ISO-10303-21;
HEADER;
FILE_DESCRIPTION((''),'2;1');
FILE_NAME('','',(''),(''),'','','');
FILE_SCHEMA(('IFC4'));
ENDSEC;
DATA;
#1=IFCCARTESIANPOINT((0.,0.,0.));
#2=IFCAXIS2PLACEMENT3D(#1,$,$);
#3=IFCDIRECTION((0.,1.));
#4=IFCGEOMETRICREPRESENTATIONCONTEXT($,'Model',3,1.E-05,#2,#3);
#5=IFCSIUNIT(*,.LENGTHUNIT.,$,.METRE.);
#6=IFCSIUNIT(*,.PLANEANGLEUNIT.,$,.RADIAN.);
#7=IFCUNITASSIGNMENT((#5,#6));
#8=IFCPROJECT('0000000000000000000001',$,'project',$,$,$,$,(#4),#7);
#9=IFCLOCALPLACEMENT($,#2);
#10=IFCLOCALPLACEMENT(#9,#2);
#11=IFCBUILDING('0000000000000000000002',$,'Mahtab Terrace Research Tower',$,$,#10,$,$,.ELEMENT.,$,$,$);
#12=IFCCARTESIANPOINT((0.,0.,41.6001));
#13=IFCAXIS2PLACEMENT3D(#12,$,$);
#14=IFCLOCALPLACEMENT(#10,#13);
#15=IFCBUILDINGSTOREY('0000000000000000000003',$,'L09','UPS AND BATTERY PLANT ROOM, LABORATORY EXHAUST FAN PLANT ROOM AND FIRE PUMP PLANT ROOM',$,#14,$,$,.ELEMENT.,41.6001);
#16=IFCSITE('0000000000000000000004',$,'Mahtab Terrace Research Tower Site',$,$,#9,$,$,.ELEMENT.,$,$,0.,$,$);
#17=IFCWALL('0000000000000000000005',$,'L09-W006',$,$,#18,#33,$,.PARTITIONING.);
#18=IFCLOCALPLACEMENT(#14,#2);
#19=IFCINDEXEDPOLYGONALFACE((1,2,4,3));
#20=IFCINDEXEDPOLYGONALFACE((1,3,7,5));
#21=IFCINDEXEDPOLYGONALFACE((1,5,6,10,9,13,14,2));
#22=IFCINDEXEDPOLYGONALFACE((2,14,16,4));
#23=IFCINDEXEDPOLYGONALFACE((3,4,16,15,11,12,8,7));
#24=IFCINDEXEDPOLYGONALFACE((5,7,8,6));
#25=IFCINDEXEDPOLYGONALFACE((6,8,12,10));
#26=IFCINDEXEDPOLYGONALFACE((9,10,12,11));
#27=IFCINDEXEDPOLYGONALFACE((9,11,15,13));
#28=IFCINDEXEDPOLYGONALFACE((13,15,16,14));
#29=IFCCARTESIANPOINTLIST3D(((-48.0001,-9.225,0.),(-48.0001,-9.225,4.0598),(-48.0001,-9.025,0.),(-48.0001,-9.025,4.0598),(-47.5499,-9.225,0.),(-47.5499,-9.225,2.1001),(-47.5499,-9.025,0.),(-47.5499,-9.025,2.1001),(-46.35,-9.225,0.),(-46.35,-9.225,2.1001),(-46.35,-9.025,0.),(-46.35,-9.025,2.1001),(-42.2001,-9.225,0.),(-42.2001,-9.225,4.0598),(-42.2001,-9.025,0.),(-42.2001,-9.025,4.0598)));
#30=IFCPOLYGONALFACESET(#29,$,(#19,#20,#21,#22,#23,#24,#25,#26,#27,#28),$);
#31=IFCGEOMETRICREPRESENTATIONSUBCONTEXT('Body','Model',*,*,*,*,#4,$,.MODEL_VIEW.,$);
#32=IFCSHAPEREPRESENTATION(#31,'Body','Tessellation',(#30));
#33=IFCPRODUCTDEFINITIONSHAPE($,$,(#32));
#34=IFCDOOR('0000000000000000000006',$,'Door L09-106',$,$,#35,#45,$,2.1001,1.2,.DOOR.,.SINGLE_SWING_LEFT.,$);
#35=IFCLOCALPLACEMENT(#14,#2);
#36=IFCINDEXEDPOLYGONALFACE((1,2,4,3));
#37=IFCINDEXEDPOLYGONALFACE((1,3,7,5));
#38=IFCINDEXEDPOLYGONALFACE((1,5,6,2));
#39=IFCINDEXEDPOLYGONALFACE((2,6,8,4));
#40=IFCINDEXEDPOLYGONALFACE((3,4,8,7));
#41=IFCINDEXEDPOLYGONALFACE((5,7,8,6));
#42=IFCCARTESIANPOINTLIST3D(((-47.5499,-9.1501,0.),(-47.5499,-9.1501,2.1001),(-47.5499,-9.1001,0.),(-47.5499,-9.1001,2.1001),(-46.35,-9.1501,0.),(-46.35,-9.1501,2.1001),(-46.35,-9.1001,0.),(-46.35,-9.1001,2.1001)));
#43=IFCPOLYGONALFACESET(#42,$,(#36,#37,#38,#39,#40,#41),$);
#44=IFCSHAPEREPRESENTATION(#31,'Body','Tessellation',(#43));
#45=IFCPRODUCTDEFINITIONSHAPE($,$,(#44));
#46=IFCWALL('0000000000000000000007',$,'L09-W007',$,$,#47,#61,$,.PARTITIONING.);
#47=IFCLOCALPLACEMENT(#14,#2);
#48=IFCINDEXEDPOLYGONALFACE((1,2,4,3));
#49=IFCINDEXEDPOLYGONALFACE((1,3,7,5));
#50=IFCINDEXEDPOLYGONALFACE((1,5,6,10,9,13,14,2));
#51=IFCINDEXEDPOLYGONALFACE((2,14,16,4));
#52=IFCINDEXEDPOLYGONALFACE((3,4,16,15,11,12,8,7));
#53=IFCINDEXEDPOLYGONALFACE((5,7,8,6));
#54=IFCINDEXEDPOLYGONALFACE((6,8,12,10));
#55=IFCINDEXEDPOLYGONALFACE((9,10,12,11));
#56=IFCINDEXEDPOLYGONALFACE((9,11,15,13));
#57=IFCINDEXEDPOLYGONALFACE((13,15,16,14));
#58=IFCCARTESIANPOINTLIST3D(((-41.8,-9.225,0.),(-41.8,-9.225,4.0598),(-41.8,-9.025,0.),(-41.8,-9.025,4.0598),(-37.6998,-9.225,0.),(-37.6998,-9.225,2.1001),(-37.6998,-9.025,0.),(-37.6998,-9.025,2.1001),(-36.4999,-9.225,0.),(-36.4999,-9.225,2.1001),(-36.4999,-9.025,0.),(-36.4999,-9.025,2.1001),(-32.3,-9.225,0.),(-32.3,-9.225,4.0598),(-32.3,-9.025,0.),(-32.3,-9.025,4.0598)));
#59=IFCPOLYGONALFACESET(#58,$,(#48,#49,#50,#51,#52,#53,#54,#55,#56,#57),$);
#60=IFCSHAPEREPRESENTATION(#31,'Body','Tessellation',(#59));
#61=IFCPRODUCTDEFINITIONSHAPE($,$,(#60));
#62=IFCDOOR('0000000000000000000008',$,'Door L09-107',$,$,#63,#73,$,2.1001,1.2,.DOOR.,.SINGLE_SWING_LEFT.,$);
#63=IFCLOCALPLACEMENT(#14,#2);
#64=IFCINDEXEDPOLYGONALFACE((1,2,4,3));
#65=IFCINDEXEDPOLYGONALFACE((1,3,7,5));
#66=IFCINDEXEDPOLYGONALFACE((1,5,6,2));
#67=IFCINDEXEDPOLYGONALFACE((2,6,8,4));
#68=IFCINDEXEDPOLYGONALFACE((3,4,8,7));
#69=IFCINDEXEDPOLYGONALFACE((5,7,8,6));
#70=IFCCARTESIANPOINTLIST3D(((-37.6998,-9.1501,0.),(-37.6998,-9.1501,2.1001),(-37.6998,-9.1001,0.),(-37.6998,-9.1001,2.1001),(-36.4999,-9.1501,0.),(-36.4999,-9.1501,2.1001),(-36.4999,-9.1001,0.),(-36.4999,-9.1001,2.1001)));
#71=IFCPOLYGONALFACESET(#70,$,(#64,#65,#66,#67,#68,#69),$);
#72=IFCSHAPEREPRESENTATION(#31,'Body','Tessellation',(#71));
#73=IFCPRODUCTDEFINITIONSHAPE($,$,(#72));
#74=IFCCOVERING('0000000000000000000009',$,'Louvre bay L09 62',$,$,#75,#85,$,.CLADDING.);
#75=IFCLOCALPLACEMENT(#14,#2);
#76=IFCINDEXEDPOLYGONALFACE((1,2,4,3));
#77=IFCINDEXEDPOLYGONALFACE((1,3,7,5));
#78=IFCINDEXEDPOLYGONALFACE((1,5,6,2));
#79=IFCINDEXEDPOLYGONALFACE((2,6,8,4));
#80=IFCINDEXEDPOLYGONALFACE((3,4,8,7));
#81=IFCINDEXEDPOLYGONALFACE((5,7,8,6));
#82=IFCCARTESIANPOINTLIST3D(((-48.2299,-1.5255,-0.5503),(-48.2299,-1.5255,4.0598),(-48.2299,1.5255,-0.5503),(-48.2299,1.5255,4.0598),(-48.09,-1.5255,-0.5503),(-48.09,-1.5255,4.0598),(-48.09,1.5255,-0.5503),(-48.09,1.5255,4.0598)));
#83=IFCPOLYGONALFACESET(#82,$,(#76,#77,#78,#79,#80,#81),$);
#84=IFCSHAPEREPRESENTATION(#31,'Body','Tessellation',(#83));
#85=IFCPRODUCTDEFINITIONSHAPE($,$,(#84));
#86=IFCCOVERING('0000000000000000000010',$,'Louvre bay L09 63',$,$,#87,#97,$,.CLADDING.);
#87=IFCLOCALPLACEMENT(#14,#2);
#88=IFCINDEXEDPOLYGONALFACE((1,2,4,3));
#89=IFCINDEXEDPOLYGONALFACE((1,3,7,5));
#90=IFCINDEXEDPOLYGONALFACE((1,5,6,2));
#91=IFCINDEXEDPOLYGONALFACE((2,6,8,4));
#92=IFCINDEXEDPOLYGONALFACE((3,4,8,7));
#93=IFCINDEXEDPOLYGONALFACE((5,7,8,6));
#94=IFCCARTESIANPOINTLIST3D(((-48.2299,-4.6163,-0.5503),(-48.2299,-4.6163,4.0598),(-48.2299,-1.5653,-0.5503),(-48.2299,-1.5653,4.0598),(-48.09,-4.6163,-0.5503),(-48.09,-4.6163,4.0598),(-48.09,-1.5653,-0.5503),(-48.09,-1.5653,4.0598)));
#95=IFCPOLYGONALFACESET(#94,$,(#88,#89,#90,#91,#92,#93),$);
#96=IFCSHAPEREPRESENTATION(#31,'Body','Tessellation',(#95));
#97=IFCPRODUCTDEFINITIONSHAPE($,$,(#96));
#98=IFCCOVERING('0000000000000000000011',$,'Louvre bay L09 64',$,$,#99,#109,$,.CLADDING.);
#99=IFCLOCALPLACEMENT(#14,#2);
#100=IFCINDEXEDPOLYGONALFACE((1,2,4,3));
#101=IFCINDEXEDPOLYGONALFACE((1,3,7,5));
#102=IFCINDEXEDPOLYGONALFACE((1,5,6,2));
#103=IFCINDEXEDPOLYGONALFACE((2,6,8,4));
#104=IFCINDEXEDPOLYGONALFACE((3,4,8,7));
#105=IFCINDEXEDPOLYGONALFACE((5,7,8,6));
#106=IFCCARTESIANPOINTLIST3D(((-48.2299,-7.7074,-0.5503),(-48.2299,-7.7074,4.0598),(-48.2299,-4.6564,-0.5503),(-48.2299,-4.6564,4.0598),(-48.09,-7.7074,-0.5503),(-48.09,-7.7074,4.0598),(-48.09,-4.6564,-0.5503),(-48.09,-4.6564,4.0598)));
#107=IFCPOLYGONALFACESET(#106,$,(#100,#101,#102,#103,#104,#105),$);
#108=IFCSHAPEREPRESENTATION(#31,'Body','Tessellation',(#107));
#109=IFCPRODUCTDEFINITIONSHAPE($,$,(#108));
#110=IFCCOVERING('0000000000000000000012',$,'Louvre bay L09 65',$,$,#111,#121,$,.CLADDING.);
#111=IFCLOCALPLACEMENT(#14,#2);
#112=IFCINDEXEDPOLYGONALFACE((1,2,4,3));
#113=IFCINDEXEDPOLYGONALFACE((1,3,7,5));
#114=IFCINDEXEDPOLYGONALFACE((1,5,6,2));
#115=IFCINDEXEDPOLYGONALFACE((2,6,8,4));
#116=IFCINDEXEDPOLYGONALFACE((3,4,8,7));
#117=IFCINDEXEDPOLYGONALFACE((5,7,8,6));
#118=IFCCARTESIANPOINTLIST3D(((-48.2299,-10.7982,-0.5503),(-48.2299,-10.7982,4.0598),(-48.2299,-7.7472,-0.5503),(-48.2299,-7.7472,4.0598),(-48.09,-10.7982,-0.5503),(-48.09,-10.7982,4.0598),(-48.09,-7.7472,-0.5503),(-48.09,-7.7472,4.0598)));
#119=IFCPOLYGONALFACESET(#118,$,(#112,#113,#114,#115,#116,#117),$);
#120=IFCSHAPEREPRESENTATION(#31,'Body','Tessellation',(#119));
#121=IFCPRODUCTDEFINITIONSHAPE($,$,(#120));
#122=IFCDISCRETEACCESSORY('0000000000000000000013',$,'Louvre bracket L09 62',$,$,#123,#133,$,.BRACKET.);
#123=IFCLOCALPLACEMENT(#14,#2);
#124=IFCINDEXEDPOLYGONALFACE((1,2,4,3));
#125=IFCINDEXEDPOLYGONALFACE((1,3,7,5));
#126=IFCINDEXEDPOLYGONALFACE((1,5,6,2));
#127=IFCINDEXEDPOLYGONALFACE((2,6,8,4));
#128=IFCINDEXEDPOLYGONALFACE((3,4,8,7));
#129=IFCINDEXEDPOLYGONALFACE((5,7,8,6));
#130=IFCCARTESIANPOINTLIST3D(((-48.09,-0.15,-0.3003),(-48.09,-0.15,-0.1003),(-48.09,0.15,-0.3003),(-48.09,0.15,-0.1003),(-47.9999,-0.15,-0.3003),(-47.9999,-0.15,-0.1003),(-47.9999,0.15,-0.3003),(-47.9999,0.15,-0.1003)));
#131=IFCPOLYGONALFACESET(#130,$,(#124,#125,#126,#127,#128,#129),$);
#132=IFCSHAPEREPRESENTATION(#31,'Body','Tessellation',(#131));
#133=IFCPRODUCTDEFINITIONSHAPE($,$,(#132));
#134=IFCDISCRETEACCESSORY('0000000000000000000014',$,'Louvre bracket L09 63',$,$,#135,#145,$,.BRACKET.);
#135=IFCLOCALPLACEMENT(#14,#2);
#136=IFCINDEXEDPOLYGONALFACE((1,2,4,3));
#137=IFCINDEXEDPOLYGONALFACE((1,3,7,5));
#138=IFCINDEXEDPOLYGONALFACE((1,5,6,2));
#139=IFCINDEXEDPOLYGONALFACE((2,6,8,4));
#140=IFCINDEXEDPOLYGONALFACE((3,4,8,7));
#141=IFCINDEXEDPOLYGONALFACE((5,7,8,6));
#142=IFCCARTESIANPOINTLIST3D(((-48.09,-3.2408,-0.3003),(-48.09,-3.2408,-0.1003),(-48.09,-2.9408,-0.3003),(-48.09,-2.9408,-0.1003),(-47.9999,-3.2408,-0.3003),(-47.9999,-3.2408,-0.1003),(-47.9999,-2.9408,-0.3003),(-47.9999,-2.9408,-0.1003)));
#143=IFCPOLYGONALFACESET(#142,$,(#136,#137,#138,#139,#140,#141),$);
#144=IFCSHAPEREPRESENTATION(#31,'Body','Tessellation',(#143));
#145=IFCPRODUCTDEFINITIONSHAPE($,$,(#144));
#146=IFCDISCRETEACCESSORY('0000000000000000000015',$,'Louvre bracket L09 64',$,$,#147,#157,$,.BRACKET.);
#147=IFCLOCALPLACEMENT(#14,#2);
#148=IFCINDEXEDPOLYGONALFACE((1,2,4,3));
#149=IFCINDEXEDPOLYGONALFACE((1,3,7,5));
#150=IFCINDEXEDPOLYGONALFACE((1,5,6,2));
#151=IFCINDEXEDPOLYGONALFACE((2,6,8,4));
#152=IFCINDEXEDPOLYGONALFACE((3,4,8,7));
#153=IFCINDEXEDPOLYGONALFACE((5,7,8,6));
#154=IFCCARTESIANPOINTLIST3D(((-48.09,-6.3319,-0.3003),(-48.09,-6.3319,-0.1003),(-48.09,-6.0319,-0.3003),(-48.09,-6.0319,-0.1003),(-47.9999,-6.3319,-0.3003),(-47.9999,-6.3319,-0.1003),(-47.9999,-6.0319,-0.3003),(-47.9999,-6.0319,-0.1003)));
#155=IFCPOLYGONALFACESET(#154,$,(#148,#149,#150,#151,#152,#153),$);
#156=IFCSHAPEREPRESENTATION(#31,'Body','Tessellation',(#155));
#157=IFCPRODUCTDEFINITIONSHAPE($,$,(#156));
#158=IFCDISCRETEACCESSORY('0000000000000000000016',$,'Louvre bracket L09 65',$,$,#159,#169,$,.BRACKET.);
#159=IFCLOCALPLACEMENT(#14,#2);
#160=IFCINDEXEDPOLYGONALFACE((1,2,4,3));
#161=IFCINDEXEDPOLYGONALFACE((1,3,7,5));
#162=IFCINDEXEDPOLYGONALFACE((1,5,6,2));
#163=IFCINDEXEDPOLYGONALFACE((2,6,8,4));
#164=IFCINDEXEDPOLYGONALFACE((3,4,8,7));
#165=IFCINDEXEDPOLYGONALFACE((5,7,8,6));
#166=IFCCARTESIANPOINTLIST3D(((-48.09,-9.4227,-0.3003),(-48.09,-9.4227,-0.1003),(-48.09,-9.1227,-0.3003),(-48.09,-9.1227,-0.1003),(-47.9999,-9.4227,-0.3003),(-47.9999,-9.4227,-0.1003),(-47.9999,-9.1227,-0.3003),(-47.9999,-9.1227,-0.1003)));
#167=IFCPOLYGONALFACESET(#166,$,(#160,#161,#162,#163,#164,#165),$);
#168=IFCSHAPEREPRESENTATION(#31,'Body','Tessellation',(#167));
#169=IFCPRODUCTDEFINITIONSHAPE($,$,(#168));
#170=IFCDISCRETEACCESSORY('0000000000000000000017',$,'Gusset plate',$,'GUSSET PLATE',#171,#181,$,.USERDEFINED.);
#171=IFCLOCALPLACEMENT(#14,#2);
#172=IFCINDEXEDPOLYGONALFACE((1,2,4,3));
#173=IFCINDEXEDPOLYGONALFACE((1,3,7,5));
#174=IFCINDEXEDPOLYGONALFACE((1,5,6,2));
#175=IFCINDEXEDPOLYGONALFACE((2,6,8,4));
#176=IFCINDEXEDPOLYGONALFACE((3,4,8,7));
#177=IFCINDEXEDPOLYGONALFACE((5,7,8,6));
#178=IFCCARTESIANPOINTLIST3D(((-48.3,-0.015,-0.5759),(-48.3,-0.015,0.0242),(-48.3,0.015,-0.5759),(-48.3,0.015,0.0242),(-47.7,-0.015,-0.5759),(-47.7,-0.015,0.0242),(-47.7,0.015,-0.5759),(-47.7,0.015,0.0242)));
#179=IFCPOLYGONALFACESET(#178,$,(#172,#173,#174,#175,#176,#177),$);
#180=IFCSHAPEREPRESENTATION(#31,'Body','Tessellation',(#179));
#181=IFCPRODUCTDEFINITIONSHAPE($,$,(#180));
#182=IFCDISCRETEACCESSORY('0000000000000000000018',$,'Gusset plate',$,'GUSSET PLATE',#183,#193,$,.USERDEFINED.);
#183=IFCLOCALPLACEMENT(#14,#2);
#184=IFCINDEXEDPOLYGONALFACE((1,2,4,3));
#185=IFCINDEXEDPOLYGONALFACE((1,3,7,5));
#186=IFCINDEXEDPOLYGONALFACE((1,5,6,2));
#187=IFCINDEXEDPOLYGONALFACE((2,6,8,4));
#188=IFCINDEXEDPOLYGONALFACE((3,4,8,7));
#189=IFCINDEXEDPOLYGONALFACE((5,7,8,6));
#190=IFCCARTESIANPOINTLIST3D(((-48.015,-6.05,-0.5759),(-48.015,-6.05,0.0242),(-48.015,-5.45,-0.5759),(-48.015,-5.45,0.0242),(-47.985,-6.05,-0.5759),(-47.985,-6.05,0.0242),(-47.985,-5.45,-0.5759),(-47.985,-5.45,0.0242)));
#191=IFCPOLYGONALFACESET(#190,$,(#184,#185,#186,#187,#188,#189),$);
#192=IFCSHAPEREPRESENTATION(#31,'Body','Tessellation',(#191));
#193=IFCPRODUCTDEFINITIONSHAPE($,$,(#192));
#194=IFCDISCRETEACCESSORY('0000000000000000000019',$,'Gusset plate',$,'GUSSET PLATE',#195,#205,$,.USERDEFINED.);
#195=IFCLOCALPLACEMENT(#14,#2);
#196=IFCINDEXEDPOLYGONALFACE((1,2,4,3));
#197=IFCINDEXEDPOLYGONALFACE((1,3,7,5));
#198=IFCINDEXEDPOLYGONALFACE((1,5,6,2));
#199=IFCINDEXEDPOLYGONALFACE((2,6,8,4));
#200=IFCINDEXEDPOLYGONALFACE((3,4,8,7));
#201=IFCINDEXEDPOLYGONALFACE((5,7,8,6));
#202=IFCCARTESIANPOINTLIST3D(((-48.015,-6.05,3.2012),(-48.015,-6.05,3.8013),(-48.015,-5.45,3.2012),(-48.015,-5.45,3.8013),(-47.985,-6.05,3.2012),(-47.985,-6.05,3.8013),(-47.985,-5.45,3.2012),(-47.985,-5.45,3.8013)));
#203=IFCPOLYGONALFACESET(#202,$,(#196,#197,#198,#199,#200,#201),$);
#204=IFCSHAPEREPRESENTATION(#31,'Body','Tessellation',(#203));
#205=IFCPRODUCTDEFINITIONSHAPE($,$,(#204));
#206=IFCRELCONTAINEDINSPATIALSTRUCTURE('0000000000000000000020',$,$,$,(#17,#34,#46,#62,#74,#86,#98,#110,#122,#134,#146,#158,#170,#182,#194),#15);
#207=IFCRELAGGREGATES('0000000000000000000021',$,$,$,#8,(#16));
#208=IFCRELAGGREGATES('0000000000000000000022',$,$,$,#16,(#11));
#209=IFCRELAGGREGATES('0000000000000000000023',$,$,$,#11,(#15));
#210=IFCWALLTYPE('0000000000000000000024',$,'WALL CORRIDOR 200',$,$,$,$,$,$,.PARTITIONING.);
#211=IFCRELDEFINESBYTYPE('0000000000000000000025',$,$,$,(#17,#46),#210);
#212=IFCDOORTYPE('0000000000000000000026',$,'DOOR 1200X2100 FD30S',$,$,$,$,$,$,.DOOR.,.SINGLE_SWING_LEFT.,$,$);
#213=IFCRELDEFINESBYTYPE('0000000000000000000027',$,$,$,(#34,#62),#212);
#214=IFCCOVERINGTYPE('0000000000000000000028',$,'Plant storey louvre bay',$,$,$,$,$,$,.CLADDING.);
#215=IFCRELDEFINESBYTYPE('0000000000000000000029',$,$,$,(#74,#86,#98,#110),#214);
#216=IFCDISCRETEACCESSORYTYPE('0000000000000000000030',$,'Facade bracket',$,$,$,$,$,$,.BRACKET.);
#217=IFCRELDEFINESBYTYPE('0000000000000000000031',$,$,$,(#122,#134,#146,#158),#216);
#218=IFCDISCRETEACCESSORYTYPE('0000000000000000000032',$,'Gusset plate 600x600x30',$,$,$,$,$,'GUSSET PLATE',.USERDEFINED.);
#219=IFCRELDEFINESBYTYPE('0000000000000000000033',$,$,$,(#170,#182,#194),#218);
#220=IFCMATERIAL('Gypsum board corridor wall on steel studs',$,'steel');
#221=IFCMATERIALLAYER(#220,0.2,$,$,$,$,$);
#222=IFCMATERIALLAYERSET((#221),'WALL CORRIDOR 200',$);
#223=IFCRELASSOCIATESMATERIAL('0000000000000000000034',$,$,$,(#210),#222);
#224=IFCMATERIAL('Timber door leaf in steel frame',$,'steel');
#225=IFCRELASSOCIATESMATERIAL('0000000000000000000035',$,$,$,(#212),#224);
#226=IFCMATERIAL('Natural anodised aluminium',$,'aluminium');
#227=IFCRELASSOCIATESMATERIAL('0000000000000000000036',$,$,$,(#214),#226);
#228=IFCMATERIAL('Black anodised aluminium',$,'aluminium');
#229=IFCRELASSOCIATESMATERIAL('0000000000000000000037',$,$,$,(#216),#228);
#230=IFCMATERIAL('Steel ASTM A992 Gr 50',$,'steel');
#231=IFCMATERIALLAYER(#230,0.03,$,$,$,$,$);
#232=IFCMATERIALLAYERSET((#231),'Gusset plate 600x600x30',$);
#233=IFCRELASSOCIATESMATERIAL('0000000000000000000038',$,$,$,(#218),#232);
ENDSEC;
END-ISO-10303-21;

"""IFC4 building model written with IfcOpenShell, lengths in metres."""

from ifc_helpers import new_model, si_unit, direction, frame, frame_2d, origin, origin_2d, place, context, subcontext, project, spatial, rectangle, extrude, material, layer, layer_set, type_object, element, fill, save


model = new_model("IFC4")

# Units and contexts
model_context = context("Model", 3, precision=1e-05, world=origin(), true_north=direction((0.0, 1.0)))
body_context = subcontext(model_context, "Body", "Model", "MODEL_VIEW")
ifc_project = project(units=[si_unit("LENGTHUNIT", "METRE"), si_unit("PLANEANGLEUNIT", "RADIAN")], contexts=[model_context])

# Site, building, storey
site_placement = place(None, origin())
site = spatial("IfcSite", under=ifc_project, at=site_placement, Name="Mahtab Terrace Research Tower Site", CompositionType="ELEMENT", RefElevation=0.0)
building_placement = place(site_placement, origin())
building = spatial("IfcBuilding", under=site, at=building_placement, Name="Mahtab Terrace Research Tower", CompositionType="ELEMENT")
storey_placement = place(building_placement, frame((0.0, 0.0, 41.6001)))
storey = spatial("IfcBuildingStorey", under=building, at=storey_placement, Name="L09", Description="UPS AND BATTERY PLANT ROOM, LABORATORY EXHAUST FAN PLANT ROOM AND FIRE PUMP PLANT ROOM", CompositionType="ELEMENT", Elevation=41.6001)

# Shared definitions
ifc_material_1 = material(Name="Steel ASTM A992 Gr 50", Category="steel")

# Walls, openings, doors
ifc_material_2 = material(Name="Gypsum board corridor wall on steel studs", Category="steel")
ifc_layer_1 = layer(ifc_material_2, 0.2)
ifc_layer_set_1 = layer_set([ifc_layer_1], Name="WALL CORRIDOR 200")
wall_type = type_object("IfcWallType", Name="WALL CORRIDOR 200", PredefinedType="PARTITIONING", material=ifc_layer_set_1)
wall_1_placement = place(storey_placement, frame((-48.0, -9.125, 0.0), z_axis=(0.0, 0.0, 1.0), x_axis=(1.0, 0.0, 0.0)))
wall_1 = element("IfcWall", 1, at=wall_1_placement, inside=storey, type_object=wall_type, Name="L09-W006", PredefinedType="PARTITIONING", context=body_context, shape_type="SweptSolid", body=[
    extrude(rectangle(XDim=5.8, YDim=0.2, at=frame_2d((2.8999, 0.0))), origin(), (0.0, 0.0, 1.0), 4.0598),
])
opening_1_placement = place(wall_1_placement, frame((0.45, 0.0, 0.0)))
opening_1 = element("IfcOpeningElement", 2, at=opening_1_placement, cuts=wall_1, PredefinedType="OPENING", context=body_context, shape_type="SweptSolid", body=[
    extrude(rectangle(XDim=1.2, YDim=2.1001, at=frame_2d((0.6001, 1.05))), frame((0.0, 0.1099, 0.0), z_axis=(0.0, -1.0, 0.0), x_axis=(1.0, 0.0, 0.0)), (0.0, 0.0, 1.0), 0.22),
])
ifc_material_3 = material(Name="Timber door leaf in steel frame", Category="steel")
door_type = type_object("IfcDoorType", Name="DOOR 1200X2100 FD30S", OperationType="SINGLE_SWING_LEFT", PredefinedType="DOOR", material=ifc_material_3)
door_1_placement = place(opening_1_placement, origin())
door_1 = element("IfcDoor", 3, at=door_1_placement, inside=storey, type_object=door_type, Name="Door L09-106", OperationType="SINGLE_SWING_LEFT", OverallHeight=2.1001, OverallWidth=1.2, PredefinedType="DOOR", context=body_context, shape_type="SweptSolid", body=[
    extrude(rectangle(XDim=1.2, YDim=2.1001, at=frame_2d((0.6001, 1.05))), frame((0.0, 0.0249, 0.0), z_axis=(0.0, -1.0, 0.0), x_axis=(1.0, 0.0, 0.0)), (0.0, 0.0, 1.0), 0.05),
])
fill(opening_1, door_1)
wall_2_placement = place(storey_placement, frame((-41.8, -9.125, 0.0), z_axis=(0.0, 0.0, 1.0), x_axis=(1.0, 0.0, 0.0)))
wall_2 = element("IfcWall", 4, at=wall_2_placement, inside=storey, type_object=wall_type, Name="L09-W007", PredefinedType="PARTITIONING", context=body_context, shape_type="SweptSolid", body=[
    extrude(rectangle(XDim=9.5, YDim=0.2, at=frame_2d((4.75, 0.0))), origin(), (0.0, 0.0, 1.0), 4.0598),
])
opening_2_placement = place(wall_2_placement, frame((4.1001, 0.0, 0.0)))
opening_2 = element("IfcOpeningElement", 5, at=opening_2_placement, cuts=wall_2, PredefinedType="OPENING", context=body_context, shape_type="SweptSolid", body=[
    extrude(rectangle(XDim=1.2, YDim=2.1001, at=frame_2d((0.6001, 1.05))), frame((0.0, 0.1099, 0.0), z_axis=(0.0, -1.0, 0.0), x_axis=(1.0, 0.0, 0.0)), (0.0, 0.0, 1.0), 0.22),
])
door_2_placement = place(opening_2_placement, origin())
door_2 = element("IfcDoor", 6, at=door_2_placement, inside=storey, type_object=door_type, Name="Door L09-107", OperationType="SINGLE_SWING_LEFT", OverallHeight=2.1001, OverallWidth=1.2, PredefinedType="DOOR", context=body_context, shape_type="SweptSolid", body=[
    extrude(rectangle(XDim=1.2, YDim=2.1001, at=frame_2d((0.6001, 1.05))), frame((0.0, 0.0249, 0.0), z_axis=(0.0, -1.0, 0.0), x_axis=(1.0, 0.0, 0.0)), (0.0, 0.0, 1.0), 0.05),
])
fill(opening_2, door_2)

# Coverings
ifc_material_4 = material(Name="Natural anodised aluminium", Category="aluminium")
covering_type = type_object("IfcCoveringType", Name="Plant storey louvre bay", PredefinedType="CLADDING", material=ifc_material_4)
for number, where, z_axis, x_axis, name in (
    (7, (-48.1599, 0.0, -0.5503), (0.0, 0.0, 1.0), (0.0, -1.0, 0.0), "Louvre bay L09 62"),
    (8, (-48.1599, -3.0908, -0.5503), (0.0, 0.0, 1.0), (0.0, -1.0, 0.0), "Louvre bay L09 63"),
    (9, (-48.1599, -6.1819, -0.5503), (0.0, 0.0, 1.0), (0.0, -1.0, 0.0), "Louvre bay L09 64"),
    (10, (-48.1599, -9.2727, -0.5503), (0.0, 0.0, 1.0), (0.0, -1.0, 0.0), "Louvre bay L09 65"),
):
    element("IfcCovering", number, at=place(storey_placement, frame(where, z_axis=z_axis, x_axis=x_axis)), inside=storey, type_object=covering_type, Name=name, PredefinedType="CLADDING", context=body_context, shape_type="SweptSolid", body=[
        extrude(rectangle(XDim=3.051, YDim=0.1399, at=origin_2d()), origin(), (0.0, 0.0, 1.0), 4.6101),
    ])

# Discrete accessories
ifc_material_5 = material(Name="Black anodised aluminium", Category="aluminium")
discrete_accessory_type_1 = type_object("IfcDiscreteAccessoryType", Name="Facade bracket", PredefinedType="BRACKET", material=ifc_material_5)
for number, where, z_axis, x_axis, name in (
    (11, (-48.0449, 0.0, -0.3003), (0.0, 0.0, 1.0), (0.0, -1.0, 0.0), "Louvre bracket L09 62"),
    (12, (-48.0449, -3.0908, -0.3003), (0.0, 0.0, 1.0), (0.0, -1.0, 0.0), "Louvre bracket L09 63"),
    (13, (-48.0449, -6.1819, -0.3003), (0.0, 0.0, 1.0), (0.0, -1.0, 0.0), "Louvre bracket L09 64"),
    (14, (-48.0449, -9.2727, -0.3003), (0.0, 0.0, 1.0), (0.0, -1.0, 0.0), "Louvre bracket L09 65"),
):
    element("IfcDiscreteAccessory", number, at=place(storey_placement, frame(where, z_axis=z_axis, x_axis=x_axis)), inside=storey, type_object=discrete_accessory_type_1, Name=name, PredefinedType="BRACKET", context=body_context, shape_type="SweptSolid", body=[
        extrude(rectangle(XDim=0.3, YDim=0.0901, at=origin_2d()), origin(), (0.0, 0.0, 1.0), 0.2),
    ])
ifc_layer_2 = layer(ifc_material_1, 0.03)
ifc_layer_set_2 = layer_set([ifc_layer_2], Name="Gusset plate 600x600x30")
discrete_accessory_type_2 = type_object("IfcDiscreteAccessoryType", Name="Gusset plate 600x600x30", ElementType="GUSSET PLATE", PredefinedType="USERDEFINED", material=ifc_layer_set_2)
for number, where, z_axis, x_axis, name in (
    (15, (-48.0, 0.0, -0.5759), (0.0, 0.0, 1.0), (1.0, 0.0, 0.0), "Gusset plate"),
    (16, (-48.0, -5.75, -0.5759), (0.0, 0.0, 1.0), (0.0, 1.0, 0.0), "Gusset plate"),
    (17, (-48.0, -5.75, 3.2012), (0.0, 0.0, 1.0), (0.0, 1.0, 0.0), "Gusset plate"),
):
    element("IfcDiscreteAccessory", number, at=place(storey_placement, frame(where, z_axis=z_axis, x_axis=x_axis)), inside=storey, type_object=discrete_accessory_type_2, Name=name, ObjectType="GUSSET PLATE", PredefinedType="USERDEFINED", context=body_context, shape_type="SweptSolid", body=[
        extrude(rectangle(XDim=0.6001, YDim=0.03, at=origin_2d()), origin(), (0.0, 0.0, 1.0), 0.6001),
    ])

save(model, "model.ifc")
